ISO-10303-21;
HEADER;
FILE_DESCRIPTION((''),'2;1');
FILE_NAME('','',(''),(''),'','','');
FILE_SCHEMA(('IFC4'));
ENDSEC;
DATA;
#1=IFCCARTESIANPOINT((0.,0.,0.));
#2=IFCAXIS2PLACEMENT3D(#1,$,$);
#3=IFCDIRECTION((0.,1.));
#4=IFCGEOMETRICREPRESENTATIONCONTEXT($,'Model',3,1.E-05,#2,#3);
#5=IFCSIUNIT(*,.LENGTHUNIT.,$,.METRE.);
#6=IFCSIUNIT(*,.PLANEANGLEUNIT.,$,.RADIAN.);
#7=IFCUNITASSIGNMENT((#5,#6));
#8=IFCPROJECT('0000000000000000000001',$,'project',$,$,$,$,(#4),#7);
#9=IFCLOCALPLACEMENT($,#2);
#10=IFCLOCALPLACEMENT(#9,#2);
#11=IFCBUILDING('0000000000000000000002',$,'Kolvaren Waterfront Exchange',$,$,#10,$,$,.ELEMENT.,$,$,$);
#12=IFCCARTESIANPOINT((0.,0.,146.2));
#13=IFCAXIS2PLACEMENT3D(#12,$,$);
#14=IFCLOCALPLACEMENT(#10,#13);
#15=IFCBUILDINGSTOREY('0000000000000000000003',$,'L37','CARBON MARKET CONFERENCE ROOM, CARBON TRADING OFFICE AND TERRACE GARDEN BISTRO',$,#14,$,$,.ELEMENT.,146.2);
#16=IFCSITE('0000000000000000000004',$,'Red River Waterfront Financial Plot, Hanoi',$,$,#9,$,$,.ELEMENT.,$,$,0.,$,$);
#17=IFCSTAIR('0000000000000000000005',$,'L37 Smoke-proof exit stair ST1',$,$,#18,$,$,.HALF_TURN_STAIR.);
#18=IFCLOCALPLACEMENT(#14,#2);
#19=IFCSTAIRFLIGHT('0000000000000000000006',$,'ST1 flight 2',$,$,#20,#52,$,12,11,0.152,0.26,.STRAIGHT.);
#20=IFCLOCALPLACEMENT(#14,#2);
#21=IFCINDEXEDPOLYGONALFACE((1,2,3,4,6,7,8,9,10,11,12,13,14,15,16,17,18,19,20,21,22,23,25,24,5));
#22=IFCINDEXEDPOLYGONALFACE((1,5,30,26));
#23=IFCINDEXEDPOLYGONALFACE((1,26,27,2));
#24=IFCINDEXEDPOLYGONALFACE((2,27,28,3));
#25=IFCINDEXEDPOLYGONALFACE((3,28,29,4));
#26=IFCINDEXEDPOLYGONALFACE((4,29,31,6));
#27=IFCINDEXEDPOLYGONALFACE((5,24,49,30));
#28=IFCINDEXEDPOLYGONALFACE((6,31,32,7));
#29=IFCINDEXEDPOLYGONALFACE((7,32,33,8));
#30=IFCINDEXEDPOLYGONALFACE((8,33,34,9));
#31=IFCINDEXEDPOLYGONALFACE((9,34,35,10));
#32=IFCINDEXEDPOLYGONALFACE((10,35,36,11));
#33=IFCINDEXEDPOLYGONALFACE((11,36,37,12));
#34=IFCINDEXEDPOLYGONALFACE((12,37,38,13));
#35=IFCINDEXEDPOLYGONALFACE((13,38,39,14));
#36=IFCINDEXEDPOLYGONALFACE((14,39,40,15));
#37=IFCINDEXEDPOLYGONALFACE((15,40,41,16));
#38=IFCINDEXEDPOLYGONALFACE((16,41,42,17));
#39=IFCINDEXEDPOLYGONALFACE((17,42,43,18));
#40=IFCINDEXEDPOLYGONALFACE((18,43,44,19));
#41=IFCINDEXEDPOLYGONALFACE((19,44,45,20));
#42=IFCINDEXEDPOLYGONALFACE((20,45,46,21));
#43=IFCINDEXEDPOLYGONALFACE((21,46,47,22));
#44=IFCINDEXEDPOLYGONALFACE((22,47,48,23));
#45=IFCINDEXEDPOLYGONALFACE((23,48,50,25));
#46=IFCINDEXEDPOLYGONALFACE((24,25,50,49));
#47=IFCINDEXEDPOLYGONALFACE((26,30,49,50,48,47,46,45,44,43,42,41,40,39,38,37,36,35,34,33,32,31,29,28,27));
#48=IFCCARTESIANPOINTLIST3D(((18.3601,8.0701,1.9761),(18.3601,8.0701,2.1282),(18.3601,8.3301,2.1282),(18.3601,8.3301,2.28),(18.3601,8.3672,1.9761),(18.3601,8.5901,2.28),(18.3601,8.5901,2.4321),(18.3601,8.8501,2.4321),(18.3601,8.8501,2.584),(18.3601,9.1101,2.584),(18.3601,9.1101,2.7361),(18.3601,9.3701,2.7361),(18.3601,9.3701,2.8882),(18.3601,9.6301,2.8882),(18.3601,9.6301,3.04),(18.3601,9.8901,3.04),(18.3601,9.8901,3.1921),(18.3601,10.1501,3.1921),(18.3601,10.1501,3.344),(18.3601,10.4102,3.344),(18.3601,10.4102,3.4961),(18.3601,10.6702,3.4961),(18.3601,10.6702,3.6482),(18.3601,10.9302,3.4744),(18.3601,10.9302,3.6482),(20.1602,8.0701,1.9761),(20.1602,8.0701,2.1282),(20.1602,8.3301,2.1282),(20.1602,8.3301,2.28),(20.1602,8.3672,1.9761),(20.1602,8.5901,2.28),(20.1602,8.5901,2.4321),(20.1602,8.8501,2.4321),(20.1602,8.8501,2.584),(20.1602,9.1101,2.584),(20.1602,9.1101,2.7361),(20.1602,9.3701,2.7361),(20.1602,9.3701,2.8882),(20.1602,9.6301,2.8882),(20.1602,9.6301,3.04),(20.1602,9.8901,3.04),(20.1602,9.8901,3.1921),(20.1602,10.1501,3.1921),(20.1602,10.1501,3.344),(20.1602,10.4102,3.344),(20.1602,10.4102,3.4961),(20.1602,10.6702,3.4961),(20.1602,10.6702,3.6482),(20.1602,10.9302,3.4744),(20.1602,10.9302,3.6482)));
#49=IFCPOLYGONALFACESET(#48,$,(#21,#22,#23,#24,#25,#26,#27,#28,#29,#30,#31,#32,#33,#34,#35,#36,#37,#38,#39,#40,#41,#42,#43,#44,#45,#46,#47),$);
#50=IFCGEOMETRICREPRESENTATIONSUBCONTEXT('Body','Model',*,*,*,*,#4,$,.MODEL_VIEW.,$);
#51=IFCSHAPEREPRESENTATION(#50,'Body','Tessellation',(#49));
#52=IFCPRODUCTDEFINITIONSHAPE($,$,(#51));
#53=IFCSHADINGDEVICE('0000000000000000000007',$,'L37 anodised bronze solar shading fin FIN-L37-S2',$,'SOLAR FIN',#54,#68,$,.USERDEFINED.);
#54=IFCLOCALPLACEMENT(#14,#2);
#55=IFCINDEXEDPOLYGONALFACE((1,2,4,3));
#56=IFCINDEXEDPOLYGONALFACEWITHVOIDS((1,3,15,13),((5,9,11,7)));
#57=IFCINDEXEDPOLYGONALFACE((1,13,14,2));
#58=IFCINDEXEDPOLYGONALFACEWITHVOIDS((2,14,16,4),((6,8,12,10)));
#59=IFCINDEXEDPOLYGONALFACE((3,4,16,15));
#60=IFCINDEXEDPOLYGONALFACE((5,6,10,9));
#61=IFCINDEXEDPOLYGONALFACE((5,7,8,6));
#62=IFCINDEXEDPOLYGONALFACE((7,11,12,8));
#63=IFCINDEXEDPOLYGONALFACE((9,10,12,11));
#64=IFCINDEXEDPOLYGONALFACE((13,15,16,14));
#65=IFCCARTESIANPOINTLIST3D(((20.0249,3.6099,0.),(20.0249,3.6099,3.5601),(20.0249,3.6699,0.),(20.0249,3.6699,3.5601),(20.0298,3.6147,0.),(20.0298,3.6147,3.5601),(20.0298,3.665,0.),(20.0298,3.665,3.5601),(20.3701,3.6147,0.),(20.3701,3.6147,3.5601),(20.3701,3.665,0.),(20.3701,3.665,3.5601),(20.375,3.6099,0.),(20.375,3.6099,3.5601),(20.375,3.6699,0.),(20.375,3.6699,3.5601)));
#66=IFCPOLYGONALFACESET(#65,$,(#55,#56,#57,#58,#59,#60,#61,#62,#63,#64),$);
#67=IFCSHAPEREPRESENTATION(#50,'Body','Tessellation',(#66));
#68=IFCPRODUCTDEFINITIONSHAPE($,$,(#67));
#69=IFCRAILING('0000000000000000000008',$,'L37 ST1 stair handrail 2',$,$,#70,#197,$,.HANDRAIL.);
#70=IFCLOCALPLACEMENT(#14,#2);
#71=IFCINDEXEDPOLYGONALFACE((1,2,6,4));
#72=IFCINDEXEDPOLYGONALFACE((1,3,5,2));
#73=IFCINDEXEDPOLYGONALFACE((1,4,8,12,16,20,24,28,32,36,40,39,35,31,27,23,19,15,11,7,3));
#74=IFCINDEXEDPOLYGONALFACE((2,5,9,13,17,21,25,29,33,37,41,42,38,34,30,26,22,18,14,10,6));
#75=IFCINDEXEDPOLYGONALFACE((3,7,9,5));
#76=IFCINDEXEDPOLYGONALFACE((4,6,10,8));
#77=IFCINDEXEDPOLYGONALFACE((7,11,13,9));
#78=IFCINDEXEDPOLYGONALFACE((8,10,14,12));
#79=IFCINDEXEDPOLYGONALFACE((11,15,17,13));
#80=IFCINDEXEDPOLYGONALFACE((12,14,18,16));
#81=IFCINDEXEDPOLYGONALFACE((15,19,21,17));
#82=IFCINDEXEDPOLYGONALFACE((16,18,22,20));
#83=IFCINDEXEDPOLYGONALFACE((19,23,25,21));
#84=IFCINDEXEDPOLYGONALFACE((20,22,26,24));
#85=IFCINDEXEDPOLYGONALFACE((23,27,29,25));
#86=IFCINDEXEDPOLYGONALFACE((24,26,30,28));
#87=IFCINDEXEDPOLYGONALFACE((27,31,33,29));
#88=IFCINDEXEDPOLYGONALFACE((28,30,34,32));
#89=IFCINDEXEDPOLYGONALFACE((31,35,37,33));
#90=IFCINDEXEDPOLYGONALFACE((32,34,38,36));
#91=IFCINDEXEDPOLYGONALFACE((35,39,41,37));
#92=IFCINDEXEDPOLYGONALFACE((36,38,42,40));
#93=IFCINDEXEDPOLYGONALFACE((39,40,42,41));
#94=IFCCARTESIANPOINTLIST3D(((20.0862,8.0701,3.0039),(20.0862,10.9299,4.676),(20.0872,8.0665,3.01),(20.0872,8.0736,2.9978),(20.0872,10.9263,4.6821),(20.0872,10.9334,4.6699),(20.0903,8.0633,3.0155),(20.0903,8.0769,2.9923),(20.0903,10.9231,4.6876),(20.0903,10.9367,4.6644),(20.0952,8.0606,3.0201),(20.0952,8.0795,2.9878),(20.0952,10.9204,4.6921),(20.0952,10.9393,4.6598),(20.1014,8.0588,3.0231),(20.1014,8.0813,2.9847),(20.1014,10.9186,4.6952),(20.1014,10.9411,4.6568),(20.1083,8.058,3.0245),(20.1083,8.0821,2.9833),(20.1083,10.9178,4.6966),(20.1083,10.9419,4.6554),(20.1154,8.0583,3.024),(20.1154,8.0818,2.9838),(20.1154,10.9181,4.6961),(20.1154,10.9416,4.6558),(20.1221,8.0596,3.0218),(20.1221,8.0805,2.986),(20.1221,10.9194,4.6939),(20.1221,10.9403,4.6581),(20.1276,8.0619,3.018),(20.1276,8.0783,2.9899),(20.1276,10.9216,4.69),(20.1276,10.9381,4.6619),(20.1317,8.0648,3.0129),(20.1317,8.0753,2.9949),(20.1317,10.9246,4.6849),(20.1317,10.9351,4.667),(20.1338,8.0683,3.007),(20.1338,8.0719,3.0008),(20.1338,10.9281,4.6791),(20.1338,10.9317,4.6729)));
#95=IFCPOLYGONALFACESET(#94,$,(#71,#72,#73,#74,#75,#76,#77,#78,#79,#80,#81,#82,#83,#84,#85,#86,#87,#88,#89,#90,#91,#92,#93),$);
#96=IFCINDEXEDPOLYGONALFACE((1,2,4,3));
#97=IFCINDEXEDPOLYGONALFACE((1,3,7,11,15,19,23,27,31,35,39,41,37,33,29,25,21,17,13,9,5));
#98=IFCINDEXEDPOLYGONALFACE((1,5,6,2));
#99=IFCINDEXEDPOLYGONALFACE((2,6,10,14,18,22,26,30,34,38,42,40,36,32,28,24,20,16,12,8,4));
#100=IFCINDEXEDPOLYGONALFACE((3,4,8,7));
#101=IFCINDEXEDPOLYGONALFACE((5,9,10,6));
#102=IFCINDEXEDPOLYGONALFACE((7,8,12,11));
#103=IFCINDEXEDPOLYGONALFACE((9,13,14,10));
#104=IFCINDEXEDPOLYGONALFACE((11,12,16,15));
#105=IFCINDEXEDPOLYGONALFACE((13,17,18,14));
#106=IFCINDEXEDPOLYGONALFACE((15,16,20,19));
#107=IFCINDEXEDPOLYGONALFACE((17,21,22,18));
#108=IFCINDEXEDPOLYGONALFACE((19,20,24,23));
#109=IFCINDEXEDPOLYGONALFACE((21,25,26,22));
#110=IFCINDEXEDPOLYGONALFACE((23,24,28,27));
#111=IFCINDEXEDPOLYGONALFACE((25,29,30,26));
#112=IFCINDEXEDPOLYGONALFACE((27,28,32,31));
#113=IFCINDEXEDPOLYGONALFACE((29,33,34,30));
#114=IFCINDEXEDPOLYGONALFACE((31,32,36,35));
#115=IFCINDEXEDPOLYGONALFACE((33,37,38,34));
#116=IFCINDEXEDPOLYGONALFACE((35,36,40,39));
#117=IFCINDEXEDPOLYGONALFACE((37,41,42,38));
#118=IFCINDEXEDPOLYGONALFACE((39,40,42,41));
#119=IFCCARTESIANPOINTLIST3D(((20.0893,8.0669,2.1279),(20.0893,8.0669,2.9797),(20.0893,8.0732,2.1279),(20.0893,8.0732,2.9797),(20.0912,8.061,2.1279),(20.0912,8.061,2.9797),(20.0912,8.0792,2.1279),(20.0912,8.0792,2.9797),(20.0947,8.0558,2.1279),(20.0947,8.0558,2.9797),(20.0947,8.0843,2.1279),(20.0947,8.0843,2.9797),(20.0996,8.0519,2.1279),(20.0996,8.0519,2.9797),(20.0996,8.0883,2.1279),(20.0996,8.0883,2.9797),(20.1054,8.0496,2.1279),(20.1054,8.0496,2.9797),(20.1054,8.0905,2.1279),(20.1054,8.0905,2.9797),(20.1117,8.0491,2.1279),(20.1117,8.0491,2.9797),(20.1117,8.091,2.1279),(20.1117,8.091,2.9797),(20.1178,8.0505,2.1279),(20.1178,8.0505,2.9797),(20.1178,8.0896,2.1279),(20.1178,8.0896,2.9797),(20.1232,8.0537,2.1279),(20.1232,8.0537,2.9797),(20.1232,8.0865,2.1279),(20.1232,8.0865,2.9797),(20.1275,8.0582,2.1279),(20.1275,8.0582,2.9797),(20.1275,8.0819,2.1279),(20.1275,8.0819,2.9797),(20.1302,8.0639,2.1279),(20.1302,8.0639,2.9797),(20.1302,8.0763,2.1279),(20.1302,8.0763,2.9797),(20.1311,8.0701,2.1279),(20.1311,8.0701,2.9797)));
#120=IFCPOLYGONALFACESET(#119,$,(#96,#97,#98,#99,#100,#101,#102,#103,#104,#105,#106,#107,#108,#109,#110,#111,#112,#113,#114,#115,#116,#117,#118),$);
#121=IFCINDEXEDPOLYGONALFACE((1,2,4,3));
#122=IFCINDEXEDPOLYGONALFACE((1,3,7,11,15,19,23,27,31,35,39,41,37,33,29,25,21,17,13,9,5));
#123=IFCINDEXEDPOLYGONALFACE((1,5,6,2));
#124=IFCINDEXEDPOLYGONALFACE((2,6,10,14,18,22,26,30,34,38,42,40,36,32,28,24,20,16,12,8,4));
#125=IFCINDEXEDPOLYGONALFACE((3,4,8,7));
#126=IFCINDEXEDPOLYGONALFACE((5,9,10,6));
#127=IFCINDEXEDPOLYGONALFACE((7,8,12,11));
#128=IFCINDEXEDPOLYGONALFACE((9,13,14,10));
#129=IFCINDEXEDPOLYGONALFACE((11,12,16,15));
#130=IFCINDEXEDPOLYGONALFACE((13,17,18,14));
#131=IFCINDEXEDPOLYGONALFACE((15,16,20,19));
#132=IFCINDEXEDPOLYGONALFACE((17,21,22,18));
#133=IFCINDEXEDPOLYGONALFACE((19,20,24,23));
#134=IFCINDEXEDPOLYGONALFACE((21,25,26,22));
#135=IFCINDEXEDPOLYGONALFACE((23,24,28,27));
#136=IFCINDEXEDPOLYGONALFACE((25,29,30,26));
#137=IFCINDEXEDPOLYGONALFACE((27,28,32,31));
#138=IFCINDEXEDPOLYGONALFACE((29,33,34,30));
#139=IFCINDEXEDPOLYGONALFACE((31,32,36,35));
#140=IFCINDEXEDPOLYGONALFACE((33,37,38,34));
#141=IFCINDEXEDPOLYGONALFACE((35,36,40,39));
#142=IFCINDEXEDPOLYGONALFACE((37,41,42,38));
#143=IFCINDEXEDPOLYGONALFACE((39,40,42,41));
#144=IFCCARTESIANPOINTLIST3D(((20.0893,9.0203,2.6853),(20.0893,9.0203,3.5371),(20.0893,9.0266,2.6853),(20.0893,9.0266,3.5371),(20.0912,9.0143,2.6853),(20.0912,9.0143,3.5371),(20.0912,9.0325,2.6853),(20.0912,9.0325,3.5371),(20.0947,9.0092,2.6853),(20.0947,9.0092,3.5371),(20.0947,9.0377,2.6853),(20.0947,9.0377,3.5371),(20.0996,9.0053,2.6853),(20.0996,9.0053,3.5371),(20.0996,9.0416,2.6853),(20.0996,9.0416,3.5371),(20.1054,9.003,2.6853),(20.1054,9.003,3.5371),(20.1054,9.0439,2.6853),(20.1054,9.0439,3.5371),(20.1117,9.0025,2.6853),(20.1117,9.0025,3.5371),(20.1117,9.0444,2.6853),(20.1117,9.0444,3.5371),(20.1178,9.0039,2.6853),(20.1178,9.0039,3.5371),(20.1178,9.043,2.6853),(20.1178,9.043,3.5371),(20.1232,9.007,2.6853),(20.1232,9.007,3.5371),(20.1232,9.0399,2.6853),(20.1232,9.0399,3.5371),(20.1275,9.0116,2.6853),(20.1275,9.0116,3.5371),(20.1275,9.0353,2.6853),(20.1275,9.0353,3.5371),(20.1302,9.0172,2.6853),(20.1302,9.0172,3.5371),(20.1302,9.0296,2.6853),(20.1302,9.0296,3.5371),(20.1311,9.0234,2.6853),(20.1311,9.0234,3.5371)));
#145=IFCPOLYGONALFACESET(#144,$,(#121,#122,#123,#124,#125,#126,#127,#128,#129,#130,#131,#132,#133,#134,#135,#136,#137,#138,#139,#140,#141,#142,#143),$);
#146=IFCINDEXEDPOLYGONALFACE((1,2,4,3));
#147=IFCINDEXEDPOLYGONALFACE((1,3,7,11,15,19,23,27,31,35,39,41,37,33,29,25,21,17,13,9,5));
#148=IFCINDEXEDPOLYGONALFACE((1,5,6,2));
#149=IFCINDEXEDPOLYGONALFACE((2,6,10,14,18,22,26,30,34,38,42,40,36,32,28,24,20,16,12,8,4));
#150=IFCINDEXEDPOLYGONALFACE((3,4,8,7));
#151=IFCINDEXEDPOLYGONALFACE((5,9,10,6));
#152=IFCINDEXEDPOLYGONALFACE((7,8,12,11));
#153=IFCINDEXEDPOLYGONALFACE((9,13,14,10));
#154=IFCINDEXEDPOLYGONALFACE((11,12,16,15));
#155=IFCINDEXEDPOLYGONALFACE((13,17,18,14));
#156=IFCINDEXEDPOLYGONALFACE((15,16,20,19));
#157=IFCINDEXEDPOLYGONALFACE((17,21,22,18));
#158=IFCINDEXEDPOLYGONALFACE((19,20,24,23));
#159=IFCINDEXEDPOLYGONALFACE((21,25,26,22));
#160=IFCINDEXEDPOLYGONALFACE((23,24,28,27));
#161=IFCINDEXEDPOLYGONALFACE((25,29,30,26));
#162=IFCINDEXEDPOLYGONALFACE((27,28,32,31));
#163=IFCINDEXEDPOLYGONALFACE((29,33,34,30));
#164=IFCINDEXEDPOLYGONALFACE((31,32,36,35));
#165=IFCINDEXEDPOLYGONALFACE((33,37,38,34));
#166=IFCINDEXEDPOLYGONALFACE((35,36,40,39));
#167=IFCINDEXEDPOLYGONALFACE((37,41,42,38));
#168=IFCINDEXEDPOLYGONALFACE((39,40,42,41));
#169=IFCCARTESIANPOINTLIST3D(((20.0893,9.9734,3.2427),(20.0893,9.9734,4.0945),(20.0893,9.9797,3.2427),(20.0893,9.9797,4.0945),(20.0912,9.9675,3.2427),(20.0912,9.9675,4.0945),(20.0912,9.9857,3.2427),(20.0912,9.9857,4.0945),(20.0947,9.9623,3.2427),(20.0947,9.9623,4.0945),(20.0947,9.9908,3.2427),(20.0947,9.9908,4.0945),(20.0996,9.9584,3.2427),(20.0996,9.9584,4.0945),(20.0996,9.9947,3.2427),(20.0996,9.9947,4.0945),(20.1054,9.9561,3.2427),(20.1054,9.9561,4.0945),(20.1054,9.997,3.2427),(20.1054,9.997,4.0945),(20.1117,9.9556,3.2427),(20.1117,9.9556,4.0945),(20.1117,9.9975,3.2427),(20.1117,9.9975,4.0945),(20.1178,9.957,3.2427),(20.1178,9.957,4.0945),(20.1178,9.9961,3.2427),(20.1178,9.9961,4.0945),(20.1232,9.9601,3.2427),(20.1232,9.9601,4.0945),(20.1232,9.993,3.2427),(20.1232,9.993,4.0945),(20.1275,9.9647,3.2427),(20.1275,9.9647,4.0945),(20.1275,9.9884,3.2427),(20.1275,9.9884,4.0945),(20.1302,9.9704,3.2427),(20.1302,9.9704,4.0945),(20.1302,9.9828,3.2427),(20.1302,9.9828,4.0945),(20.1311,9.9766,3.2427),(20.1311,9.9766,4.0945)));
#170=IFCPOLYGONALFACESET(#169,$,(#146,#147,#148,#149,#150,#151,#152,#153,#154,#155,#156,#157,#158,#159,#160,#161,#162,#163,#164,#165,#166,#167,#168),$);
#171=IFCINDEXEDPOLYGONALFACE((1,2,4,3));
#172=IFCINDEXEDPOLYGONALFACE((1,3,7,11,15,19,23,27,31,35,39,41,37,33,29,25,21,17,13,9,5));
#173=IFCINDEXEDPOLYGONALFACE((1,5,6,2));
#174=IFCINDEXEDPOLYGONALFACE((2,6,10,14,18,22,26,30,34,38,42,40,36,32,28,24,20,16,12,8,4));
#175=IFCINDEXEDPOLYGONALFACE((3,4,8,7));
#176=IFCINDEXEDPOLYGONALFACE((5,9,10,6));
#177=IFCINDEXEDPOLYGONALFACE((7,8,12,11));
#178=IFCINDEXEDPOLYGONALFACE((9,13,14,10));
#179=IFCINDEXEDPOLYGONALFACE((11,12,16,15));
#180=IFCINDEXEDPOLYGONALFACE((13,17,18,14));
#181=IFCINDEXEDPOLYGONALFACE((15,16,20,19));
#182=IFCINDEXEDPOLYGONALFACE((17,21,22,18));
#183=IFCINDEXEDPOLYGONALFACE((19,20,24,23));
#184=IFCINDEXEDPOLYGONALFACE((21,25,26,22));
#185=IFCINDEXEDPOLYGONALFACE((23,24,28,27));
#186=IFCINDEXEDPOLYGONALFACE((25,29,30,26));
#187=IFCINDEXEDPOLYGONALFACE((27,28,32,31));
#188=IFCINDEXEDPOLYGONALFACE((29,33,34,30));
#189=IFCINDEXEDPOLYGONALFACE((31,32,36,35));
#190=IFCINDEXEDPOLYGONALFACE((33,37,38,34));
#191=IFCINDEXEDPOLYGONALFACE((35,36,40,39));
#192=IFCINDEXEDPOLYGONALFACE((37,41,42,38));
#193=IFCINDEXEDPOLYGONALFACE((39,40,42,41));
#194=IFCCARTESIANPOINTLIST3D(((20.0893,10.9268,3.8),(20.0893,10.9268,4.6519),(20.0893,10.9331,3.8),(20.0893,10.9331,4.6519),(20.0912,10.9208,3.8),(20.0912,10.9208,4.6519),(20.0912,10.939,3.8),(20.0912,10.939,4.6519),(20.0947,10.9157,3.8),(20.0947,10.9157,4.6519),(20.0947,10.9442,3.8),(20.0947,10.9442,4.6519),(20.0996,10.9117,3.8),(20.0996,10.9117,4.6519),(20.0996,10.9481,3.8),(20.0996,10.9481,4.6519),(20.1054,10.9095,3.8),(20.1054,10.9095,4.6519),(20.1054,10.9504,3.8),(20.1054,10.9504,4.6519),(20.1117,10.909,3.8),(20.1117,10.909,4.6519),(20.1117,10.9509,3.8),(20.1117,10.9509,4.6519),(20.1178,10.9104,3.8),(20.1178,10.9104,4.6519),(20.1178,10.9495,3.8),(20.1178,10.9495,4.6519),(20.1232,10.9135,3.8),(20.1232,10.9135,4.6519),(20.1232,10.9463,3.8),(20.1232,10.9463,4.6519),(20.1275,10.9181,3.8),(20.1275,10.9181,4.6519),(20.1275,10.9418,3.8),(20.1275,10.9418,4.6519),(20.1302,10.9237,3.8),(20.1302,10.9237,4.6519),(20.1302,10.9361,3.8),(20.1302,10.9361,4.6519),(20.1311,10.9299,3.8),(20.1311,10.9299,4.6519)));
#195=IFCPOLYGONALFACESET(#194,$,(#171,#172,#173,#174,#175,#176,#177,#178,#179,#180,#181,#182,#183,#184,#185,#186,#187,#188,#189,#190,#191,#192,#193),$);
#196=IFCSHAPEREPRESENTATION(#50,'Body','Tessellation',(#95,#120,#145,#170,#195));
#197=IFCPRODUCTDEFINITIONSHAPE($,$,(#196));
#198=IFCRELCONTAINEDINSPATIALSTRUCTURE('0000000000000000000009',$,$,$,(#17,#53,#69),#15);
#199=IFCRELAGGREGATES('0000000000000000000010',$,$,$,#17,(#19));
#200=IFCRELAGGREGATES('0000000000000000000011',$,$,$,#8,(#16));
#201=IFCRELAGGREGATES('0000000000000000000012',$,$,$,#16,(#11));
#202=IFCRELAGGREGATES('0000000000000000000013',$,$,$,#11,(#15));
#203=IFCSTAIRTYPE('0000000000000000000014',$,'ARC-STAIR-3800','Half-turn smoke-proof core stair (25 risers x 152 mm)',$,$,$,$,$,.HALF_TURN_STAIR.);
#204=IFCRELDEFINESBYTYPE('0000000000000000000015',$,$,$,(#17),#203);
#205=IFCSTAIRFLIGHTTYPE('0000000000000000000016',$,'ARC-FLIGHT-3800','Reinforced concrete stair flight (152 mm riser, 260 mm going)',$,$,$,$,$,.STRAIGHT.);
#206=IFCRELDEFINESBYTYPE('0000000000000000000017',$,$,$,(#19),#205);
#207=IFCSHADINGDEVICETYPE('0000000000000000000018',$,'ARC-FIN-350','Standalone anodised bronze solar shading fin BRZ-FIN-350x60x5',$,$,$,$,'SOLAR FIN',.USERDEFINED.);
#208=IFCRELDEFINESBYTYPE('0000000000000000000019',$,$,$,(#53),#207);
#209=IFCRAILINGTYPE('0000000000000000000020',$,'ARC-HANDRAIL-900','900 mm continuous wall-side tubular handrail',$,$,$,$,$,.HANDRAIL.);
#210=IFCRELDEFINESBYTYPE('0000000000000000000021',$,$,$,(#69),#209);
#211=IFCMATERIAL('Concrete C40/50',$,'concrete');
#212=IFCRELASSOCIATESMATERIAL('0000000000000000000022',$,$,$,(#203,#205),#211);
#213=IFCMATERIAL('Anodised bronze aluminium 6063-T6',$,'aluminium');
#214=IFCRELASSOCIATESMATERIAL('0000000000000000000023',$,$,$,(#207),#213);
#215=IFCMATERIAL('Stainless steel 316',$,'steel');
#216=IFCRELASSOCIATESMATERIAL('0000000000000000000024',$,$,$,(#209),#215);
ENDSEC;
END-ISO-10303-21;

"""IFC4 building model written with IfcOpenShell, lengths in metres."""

from ifc_helpers import new_model, si_unit, direction, frame, origin, origin_2d, place, context, subcontext, project, spatial, polyline, hollow_rectangle, circle, outline, extrude, material, material_profile, profile_set, type_object, element, aggregate, save


model = new_model("IFC4")

# Units and contexts
model_context = context("Model", 3, precision=1e-05, world=origin(), true_north=direction((0.0, 1.0)))
body_context = subcontext(model_context, "Body", "Model", "MODEL_VIEW")
ifc_project = project(units=[si_unit("LENGTHUNIT", "METRE"), si_unit("PLANEANGLEUNIT", "RADIAN")], contexts=[model_context])

# Site, building, storey
site_placement = place(None, origin())
site = spatial("IfcSite", under=ifc_project, at=site_placement, Name="Red River Waterfront Financial Plot, Hanoi", CompositionType="ELEMENT", RefElevation=0.0)
building_placement = place(site_placement, origin())
building = spatial("IfcBuilding", under=site, at=building_placement, Name="Kolvaren Waterfront Exchange", CompositionType="ELEMENT")
storey_placement = place(building_placement, frame((0.0, 0.0, 146.2)))
storey = spatial("IfcBuildingStorey", under=building, at=storey_placement, Name="L37", Description="CARBON MARKET CONFERENCE ROOM, CARBON TRADING OFFICE AND TERRACE GARDEN BISTRO", CompositionType="ELEMENT", Elevation=146.2)

# Shared definitions
ifc_material_1 = material(Name="Anodised bronze aluminium 6063-T6", Category="aluminium")

# Shared definitions
ifc_material_2 = material(Name="Concrete C40/50", Category="concrete")

# Stair, stair flight
stair_type = type_object("IfcStairType", Name="ARC-STAIR-3800", Description="Half-turn smoke-proof core stair (25 risers x 152 mm)", PredefinedType="HALF_TURN_STAIR", material=ifc_material_2)
stair_placement = place(storey_placement, origin())
stair = element("IfcStair", 1, at=stair_placement, inside=storey, type_object=stair_type, Name="L37 Smoke-proof exit stair ST1", PredefinedType="HALF_TURN_STAIR")
stair_flight_type = type_object("IfcStairFlightType", Name="ARC-FLIGHT-3800", Description="Reinforced concrete stair flight (152 mm riser, 260 mm going)", PredefinedType="STRAIGHT", material=ifc_material_2)
stair_flight_placement = place(storey_placement, frame((19.26, 8.0701, 1.9761), z_axis=(0.0, 0.0, 1.0), x_axis=(0.0, 1.0, 0.0)))
stair_flight = element("IfcStairFlight", 2, at=stair_flight_placement, type_object=stair_flight_type, Name="ST1 flight 2", NumberOfRisers=12, NumberOfTreads=11, PredefinedType="STRAIGHT", RiserHeight=0.152, TreadLength=0.26, context=body_context, shape_type="SweptSolid", body=[
    extrude(outline(polyline([(0.0, 0.0), (0.0, 0.1521), (0.26, 0.1521), (0.26, 0.304), (0.52, 0.304), (0.52, 0.4561), (0.78, 0.4561), (0.78, 0.6079), (1.04, 0.6079), (1.04, 0.76), (1.3, 0.76), (1.3, 0.9121), (1.5601, 0.9121), (1.5601, 1.064), (1.8201, 1.064), (1.8201, 1.2161), (2.0801, 1.2161), (2.0801, 1.3679), (2.3401, 1.3679), (2.3401, 1.52), (2.6001, 1.52), (2.6001, 1.6721), (2.8601, 1.6721), (2.8601, 1.824), (2.8601, 1.4983), (0.2971, 0.0), (0.0, 0.0)])), frame((0.0, 0.8999, 0.0), z_axis=(0.0, -1.0, 0.0), x_axis=(1.0, 0.0, 0.0)), (0.0, 0.0, 1.0), 1.8),
])
aggregate(stair, [stair_flight])

# Shading device
ifc_material_profile_1 = material_profile(ifc_material_1, hollow_rectangle(XDim=0.0601, YDim=0.3501, WallThickness=0.0049, at=origin_2d()), Name="BRZ-FIN-350x60x5")
ifc_profile_set_1 = profile_set([ifc_material_profile_1], Name="Anodised bronze aluminium 6063-T6")
shading_device_type = type_object("IfcShadingDeviceType", Name="ARC-FIN-350", Description="Standalone anodised bronze solar shading fin BRZ-FIN-350x60x5", ElementType="SOLAR FIN", PredefinedType="USERDEFINED", material=ifc_profile_set_1)
shading_device_placement = place(storey_placement, frame((20.2, 3.6399, 0.0), z_axis=(0.0, 0.0, 1.0), x_axis=(0.0, -1.0, 0.0)))
element("IfcShadingDevice", 3, at=shading_device_placement, inside=storey, type_object=shading_device_type, Name="L37 anodised bronze solar shading fin FIN-L37-S2", ObjectType="SOLAR FIN", PredefinedType="USERDEFINED", context=body_context, shape_type="SweptSolid", body=[
    extrude(hollow_rectangle(XDim=0.0601, YDim=0.3501, WallThickness=0.0049, at=origin_2d()), origin(), (0.0, 0.0, 1.0), 3.5601),
])

# Railing
ifc_material_3 = material(Name="Stainless steel 316", Category="steel")
railing_type = type_object("IfcRailingType", Name="ARC-HANDRAIL-900", Description="900 mm continuous wall-side tubular handrail", PredefinedType="HANDRAIL", material=ifc_material_3)
railing_placement = place(storey_placement, frame((20.1101, 8.0701, 2.1279)))
element("IfcRailing", 4, at=railing_placement, inside=storey, type_object=railing_type, Name="L37 ST1 stair handrail 2", PredefinedType="HANDRAIL", context=body_context, shape_type="SweptSolid", body=[
    extrude(circle(Radius=0.0239, at=origin_2d()), frame((0.0, 0.0, 0.876), z_axis=(0.0, 0.863271, 0.504741), x_axis=(-1.0, 0.0, 0.0)), (0.0, 0.0, 1.0), 3.3127),
    extrude(circle(Radius=0.021, at=origin_2d()), origin(), (0.0, 0.0, 1.0), 0.8518),
    extrude(circle(Radius=0.021, at=origin_2d()), frame((0.0, 0.9534, 0.5574)), (0.0, 0.0, 1.0), 0.8518),
    extrude(circle(Radius=0.021, at=origin_2d()), frame((0.0, 1.9065, 1.1147)), (0.0, 0.0, 1.0), 0.8518),
    extrude(circle(Radius=0.021, at=origin_2d()), frame((0.0, 2.8599, 1.6721)), (0.0, 0.0, 1.0), 0.8518),
])

save(model, "model.ifc")
